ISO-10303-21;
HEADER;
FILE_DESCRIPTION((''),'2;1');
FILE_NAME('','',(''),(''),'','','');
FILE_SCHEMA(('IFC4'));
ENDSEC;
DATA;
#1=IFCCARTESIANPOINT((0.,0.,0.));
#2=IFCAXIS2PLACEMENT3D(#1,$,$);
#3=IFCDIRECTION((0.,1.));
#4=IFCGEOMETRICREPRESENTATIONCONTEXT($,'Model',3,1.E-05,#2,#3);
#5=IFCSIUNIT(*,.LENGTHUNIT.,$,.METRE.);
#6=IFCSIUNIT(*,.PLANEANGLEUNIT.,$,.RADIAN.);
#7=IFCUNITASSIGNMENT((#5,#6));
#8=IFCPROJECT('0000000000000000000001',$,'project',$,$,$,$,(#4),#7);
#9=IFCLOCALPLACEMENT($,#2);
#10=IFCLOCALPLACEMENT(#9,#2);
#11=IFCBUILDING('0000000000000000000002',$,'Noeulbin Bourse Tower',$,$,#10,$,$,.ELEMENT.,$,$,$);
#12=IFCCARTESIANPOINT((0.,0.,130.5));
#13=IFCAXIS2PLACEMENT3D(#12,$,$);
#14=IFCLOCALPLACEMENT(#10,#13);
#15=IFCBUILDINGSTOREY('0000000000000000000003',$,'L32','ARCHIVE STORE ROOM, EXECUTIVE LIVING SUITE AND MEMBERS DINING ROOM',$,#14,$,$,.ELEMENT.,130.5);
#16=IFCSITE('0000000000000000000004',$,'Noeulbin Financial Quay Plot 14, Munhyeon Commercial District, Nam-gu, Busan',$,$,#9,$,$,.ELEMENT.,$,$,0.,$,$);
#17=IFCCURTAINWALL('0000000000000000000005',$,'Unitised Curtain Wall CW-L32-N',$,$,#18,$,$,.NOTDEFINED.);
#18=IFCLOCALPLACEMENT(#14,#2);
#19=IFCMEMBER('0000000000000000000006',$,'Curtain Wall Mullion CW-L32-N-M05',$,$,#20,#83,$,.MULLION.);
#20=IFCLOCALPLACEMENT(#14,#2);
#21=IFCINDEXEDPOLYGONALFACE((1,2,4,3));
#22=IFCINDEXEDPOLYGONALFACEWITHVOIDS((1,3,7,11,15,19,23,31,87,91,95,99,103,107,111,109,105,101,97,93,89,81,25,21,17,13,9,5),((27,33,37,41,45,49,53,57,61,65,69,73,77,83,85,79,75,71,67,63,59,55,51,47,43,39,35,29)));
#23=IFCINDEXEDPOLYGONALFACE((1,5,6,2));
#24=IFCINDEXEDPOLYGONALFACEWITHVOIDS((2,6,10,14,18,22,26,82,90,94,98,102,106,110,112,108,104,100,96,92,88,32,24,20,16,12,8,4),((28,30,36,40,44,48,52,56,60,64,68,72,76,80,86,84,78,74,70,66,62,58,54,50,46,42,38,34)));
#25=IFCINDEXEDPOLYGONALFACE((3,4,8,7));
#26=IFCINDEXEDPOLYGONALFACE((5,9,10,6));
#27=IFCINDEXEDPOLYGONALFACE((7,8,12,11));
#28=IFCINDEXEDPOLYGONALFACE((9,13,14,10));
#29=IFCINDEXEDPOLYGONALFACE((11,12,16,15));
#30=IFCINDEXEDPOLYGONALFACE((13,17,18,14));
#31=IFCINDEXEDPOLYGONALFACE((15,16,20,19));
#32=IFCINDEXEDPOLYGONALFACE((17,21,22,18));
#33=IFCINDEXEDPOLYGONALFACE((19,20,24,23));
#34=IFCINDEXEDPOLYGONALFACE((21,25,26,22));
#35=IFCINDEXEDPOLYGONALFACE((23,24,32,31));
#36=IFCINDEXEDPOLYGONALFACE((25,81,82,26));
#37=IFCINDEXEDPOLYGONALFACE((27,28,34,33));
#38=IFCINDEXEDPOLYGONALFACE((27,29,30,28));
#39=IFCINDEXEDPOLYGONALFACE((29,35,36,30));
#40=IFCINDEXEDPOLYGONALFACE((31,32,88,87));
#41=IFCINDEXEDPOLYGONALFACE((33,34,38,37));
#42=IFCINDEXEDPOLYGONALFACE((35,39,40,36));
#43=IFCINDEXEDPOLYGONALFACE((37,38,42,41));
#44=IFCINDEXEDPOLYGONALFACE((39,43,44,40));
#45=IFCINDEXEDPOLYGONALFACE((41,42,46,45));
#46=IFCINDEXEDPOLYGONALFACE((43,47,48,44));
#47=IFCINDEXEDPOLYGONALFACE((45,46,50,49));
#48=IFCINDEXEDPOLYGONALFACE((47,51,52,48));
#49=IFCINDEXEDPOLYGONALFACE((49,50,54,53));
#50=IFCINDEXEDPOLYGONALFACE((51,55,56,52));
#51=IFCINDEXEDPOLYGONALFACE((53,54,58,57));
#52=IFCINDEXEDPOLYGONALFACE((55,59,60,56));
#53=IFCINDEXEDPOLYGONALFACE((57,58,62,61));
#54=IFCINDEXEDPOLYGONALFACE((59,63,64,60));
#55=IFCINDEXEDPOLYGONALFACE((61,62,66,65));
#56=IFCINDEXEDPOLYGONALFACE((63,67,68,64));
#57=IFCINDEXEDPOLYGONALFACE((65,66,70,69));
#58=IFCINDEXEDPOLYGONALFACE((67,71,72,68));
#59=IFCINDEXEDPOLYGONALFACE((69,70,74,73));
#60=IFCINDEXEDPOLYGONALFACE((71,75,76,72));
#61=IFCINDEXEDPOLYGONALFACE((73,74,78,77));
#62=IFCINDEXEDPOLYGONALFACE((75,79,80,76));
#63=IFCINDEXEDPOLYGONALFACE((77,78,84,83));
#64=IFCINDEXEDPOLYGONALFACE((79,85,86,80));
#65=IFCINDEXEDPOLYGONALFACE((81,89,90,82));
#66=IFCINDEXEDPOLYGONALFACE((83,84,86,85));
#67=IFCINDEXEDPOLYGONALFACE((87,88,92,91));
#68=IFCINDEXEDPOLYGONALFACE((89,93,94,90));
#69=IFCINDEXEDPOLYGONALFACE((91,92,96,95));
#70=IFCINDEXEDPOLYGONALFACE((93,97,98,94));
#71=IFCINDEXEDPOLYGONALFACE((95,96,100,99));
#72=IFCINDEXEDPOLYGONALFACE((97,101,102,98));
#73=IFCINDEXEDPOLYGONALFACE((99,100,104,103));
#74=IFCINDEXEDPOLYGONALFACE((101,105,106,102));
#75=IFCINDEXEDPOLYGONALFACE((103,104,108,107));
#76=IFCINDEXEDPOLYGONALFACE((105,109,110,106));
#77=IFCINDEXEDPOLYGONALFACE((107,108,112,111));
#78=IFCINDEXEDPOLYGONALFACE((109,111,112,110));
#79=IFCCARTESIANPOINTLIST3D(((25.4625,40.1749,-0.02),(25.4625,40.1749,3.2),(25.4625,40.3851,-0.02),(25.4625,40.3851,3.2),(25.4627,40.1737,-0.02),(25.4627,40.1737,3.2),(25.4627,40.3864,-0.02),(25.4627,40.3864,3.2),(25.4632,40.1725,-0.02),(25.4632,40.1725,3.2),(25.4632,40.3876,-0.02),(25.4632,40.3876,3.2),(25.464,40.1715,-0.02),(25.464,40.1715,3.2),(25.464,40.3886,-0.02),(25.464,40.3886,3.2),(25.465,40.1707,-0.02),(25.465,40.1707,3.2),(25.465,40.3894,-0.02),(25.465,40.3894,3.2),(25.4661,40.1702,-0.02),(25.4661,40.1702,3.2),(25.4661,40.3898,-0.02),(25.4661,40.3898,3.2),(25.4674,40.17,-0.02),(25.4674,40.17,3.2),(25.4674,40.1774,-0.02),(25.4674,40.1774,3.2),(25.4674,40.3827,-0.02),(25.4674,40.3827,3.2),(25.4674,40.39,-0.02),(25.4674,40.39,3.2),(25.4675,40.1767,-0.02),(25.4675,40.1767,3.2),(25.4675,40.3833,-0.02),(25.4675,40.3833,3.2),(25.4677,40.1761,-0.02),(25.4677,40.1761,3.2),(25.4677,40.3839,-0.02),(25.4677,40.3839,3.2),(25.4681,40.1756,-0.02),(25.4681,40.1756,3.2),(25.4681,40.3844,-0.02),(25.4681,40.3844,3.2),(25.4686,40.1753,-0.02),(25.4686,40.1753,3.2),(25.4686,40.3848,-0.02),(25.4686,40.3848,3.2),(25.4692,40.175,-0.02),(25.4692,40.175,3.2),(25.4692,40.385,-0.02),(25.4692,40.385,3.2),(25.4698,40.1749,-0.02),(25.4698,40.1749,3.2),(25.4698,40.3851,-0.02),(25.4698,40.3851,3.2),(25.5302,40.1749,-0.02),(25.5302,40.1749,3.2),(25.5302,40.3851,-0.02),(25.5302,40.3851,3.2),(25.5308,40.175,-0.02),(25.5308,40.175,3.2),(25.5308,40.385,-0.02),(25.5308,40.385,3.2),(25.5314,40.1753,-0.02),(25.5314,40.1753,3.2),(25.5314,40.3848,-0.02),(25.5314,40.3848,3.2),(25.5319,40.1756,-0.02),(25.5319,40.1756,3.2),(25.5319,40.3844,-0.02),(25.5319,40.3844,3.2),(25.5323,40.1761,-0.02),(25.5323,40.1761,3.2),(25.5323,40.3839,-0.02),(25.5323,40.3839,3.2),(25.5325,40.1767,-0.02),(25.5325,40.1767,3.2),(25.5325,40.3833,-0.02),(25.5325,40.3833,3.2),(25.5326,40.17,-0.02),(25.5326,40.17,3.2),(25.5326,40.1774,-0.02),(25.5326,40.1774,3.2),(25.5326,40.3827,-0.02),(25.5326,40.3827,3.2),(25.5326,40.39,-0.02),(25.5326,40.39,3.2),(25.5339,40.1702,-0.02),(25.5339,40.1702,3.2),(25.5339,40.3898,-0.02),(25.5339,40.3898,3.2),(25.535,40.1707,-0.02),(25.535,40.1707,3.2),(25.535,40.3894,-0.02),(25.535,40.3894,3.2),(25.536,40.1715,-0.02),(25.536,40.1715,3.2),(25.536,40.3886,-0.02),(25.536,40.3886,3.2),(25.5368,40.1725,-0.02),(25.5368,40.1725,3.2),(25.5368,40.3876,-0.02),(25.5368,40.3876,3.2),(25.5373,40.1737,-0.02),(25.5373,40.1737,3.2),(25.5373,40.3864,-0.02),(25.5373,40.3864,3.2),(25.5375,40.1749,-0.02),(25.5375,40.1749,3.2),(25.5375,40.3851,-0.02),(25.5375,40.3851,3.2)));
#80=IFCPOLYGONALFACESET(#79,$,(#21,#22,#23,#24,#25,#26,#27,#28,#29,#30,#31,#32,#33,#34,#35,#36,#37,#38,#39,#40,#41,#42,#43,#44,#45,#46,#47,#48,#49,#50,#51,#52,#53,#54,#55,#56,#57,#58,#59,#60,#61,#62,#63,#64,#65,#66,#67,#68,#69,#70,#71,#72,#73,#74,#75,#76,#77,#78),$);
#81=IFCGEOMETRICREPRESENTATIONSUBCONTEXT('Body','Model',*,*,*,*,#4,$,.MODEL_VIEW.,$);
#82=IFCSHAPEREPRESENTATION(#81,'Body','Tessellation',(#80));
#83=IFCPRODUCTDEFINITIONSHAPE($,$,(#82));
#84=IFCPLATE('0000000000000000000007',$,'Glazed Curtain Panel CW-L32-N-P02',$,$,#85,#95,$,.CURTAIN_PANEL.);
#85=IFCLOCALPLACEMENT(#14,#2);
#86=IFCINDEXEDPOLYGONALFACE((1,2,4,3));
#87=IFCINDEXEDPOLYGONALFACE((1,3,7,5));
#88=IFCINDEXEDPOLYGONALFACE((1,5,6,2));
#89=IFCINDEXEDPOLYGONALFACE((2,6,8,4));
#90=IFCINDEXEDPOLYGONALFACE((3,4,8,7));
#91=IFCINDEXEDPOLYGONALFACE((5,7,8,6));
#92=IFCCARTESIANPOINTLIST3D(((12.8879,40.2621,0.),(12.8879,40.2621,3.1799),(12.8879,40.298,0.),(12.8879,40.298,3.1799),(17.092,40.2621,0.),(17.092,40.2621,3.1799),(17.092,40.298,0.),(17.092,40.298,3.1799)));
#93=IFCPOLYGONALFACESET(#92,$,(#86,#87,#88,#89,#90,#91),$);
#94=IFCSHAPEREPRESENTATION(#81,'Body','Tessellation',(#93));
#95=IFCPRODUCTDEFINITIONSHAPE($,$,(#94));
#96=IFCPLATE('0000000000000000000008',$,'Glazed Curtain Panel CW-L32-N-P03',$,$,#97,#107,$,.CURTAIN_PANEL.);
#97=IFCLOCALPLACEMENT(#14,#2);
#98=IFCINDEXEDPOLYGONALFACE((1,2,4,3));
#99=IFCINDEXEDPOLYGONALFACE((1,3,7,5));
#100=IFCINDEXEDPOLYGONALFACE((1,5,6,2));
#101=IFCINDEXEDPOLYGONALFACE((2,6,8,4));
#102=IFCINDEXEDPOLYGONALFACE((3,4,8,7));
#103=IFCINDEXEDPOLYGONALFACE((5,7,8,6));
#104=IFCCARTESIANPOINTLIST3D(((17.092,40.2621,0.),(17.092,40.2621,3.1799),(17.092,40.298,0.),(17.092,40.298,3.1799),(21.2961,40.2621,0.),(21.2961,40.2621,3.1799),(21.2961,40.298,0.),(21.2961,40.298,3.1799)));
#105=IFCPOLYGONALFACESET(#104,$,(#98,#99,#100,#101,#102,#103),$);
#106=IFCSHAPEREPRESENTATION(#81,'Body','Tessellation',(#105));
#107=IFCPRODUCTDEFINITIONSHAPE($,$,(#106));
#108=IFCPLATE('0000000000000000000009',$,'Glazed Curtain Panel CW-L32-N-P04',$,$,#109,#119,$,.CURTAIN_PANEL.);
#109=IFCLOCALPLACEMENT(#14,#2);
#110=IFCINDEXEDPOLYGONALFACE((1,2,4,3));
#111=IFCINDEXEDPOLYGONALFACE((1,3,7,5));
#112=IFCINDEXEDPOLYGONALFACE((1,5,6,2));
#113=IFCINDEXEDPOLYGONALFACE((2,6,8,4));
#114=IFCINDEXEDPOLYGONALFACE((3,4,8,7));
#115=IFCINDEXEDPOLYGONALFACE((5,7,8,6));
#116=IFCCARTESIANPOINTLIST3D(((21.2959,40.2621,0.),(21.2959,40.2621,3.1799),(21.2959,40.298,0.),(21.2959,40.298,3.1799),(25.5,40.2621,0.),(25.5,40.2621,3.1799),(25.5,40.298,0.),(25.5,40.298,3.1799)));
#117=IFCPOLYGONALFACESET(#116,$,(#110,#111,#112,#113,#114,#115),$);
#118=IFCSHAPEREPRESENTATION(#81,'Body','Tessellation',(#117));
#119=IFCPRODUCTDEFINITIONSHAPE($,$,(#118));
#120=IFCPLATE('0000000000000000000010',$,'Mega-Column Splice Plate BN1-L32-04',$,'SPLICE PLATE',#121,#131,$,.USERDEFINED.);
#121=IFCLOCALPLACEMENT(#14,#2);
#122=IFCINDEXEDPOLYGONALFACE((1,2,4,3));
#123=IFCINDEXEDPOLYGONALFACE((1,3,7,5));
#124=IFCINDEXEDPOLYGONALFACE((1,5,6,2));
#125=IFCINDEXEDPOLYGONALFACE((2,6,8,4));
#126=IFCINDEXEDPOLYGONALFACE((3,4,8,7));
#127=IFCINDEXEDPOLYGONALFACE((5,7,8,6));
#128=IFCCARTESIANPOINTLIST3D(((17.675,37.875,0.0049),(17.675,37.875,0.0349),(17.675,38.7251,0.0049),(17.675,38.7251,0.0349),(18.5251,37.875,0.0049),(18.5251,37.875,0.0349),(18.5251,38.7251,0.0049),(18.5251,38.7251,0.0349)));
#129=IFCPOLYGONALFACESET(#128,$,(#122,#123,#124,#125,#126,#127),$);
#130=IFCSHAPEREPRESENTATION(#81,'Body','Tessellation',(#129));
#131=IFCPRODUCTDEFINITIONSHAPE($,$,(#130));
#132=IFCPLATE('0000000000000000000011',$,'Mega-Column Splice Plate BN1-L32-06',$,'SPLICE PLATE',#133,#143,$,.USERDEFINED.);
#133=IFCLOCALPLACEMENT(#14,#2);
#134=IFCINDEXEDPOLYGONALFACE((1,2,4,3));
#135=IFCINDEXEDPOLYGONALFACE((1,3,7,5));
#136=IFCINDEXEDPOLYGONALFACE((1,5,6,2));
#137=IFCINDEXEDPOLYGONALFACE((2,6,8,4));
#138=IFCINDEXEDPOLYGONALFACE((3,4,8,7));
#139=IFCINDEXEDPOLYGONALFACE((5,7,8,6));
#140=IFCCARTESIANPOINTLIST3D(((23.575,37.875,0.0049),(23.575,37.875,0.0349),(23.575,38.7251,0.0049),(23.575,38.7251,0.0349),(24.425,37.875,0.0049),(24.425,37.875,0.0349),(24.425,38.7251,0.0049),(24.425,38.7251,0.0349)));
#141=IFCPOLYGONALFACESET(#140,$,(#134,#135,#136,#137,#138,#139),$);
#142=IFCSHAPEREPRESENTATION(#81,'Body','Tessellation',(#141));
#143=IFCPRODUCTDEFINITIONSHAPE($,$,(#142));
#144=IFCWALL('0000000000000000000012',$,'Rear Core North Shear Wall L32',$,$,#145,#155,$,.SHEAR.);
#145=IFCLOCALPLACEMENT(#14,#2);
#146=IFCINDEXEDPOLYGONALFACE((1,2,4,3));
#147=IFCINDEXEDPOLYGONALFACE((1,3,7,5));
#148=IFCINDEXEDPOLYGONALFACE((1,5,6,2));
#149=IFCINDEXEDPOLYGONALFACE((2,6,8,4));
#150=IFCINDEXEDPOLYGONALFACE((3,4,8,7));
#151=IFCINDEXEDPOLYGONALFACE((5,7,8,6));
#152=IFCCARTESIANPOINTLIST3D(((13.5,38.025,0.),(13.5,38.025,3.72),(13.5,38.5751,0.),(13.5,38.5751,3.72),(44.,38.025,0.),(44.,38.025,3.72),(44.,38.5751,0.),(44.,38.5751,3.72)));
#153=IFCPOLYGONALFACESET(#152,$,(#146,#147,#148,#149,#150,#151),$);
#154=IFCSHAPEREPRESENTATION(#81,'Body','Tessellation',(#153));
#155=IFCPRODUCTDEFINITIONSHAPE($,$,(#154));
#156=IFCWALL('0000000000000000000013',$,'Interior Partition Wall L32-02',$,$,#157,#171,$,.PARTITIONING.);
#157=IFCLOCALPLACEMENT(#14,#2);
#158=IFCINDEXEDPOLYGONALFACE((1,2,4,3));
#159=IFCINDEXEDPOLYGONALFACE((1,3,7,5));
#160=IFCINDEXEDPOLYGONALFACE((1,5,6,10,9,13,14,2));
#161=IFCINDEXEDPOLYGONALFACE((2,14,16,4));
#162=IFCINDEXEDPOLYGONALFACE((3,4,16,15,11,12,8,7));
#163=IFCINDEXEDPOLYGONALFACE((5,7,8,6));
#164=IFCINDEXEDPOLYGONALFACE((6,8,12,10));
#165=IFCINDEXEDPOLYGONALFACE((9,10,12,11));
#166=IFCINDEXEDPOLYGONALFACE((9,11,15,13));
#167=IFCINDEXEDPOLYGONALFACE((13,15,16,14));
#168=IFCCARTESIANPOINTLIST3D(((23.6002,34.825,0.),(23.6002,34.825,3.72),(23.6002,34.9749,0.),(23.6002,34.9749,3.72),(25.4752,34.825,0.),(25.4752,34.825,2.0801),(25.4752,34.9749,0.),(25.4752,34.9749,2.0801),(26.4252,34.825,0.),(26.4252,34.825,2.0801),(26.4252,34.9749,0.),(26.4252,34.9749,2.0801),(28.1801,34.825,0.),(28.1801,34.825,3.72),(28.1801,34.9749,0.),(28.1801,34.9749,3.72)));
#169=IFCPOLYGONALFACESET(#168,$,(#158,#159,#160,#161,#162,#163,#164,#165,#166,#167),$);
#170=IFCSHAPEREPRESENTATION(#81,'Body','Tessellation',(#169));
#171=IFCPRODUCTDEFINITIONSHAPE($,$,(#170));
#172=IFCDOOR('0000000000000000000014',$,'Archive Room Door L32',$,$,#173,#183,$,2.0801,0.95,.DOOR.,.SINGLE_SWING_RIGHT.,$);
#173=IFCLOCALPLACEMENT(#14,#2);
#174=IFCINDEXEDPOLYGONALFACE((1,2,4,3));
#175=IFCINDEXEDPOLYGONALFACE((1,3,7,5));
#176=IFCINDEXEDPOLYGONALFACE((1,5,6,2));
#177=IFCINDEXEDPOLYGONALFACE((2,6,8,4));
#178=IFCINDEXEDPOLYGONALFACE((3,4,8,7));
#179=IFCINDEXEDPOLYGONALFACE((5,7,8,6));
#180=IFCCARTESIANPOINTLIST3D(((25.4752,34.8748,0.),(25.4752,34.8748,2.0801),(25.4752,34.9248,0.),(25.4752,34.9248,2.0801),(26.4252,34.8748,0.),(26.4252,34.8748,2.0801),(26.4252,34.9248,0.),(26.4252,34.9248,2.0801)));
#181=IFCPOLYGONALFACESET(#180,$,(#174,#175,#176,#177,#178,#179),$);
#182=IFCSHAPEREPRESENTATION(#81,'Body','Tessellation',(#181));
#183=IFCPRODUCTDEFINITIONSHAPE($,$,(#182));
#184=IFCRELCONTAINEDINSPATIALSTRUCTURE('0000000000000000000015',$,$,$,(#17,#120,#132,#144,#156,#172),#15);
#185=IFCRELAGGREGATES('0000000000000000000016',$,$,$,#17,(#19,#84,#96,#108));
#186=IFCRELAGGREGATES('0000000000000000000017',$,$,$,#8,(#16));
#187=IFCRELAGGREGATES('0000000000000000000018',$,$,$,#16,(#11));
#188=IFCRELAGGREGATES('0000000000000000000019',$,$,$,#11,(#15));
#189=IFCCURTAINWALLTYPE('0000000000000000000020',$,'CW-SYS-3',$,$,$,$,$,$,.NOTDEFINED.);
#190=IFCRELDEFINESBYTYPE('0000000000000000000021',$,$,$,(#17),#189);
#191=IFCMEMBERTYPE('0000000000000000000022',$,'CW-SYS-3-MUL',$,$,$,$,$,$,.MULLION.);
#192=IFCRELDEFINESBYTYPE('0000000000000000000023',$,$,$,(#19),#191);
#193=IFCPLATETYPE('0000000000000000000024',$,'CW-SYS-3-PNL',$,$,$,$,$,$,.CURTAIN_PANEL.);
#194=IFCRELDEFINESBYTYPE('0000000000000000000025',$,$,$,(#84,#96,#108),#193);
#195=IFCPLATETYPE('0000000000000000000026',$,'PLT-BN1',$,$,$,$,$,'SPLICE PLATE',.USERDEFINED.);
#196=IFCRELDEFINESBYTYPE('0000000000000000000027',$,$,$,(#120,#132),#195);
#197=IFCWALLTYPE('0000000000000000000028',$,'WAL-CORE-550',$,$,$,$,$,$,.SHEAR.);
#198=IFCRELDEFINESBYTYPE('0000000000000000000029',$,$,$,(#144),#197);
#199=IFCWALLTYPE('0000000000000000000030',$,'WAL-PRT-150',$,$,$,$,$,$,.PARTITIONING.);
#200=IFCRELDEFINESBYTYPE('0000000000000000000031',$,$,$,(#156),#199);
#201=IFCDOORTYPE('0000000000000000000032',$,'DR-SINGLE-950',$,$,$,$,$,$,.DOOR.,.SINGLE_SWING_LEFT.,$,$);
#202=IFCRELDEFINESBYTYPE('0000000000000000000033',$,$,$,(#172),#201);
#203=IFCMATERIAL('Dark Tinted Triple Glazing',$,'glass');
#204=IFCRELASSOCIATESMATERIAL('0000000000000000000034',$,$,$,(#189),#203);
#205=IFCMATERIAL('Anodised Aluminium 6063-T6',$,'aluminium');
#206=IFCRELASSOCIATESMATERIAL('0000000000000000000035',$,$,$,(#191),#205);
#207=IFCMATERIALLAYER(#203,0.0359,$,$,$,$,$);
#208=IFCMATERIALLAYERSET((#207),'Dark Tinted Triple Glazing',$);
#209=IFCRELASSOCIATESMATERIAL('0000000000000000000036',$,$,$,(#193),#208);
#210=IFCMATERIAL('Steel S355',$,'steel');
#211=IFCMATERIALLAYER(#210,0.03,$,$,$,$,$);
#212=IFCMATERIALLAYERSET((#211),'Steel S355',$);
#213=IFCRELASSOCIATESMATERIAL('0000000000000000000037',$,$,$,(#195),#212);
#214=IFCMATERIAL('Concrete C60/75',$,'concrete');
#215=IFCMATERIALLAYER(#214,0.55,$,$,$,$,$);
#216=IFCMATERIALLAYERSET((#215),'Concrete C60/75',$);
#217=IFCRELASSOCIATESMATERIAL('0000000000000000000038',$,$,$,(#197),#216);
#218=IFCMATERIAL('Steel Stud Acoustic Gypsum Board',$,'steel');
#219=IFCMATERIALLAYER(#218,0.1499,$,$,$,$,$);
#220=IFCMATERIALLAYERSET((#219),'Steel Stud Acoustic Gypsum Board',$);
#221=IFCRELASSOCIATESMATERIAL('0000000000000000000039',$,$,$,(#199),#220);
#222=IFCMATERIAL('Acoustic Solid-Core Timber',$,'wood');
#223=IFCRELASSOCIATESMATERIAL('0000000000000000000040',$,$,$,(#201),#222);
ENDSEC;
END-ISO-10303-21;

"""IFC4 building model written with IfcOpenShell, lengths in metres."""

from ifc_helpers import new_model, si_unit, direction, frame, frame_2d, origin, origin_2d, place, context, subcontext, project, spatial, rectangle, hollow_rectangle, extrude, material, layer, layer_set, material_profile, profile_set, type_object, element, fill, aggregate, save


model = new_model("IFC4")

# Units and contexts
model_context = context("Model", 3, precision=1e-05, world=origin(), true_north=direction((0.0, 1.0)))
body_context = subcontext(model_context, "Body", "Model", "MODEL_VIEW")
ifc_project = project(units=[si_unit("LENGTHUNIT", "METRE"), si_unit("PLANEANGLEUNIT", "RADIAN")], contexts=[model_context])

# Site, building, storey
site_placement = place(None, origin())
site = spatial("IfcSite", under=ifc_project, at=site_placement, Name="Noeulbin Financial Quay Plot 14, Munhyeon Commercial District, Nam-gu, Busan", CompositionType="ELEMENT", RefElevation=0.0)
building_placement = place(site_placement, origin())
building = spatial("IfcBuilding", under=site, at=building_placement, Name="Noeulbin Bourse Tower", CompositionType="ELEMENT")
storey_placement = place(building_placement, frame((0.0, 0.0, 130.5)))
storey = spatial("IfcBuildingStorey", under=building, at=storey_placement, Name="L32", Description="ARCHIVE STORE ROOM, EXECUTIVE LIVING SUITE AND MEMBERS DINING ROOM", CompositionType="ELEMENT", Elevation=130.5)

# Shared definitions
ifc_material_1 = material(Name="Steel S355", Category="steel")

# Curtain wall, member, plates
ifc_material_2 = material(Name="Dark Tinted Triple Glazing", Category="glass")
curtain_wall_type = type_object("IfcCurtainWallType", Name="CW-SYS-3", PredefinedType="NOTDEFINED", material=ifc_material_2)
curtain_wall_placement = place(storey_placement, origin())
curtain_wall = element("IfcCurtainWall", 1, at=curtain_wall_placement, inside=storey, type_object=curtain_wall_type, Name="Unitised Curtain Wall CW-L32-N", PredefinedType="NOTDEFINED")
ifc_material_3 = material(Name="Anodised Aluminium 6063-T6", Category="aluminium")
ifc_material_profile_1 = material_profile(ifc_material_3, hollow_rectangle(XDim=0.075, YDim=0.22, WallThickness=0.0049, InnerFilletRadius=0.0024, OuterFilletRadius=0.0049, at=origin_2d()), Name="ALU-MULL-75x220x5", Category="LoadBearing")
ifc_profile_set_1 = profile_set([ifc_material_profile_1], Name="Anodised Aluminium 6063-T6")
member_type = type_object("IfcMemberType", Name="CW-SYS-3-MUL", PredefinedType="MULLION", material=ifc_profile_set_1)
member_1_placement = place(storey_placement, frame((25.5, 40.28, -0.02), z_axis=(0.0, 0.0, 1.0), x_axis=(1.0, 0.0, 0.0)))
member_1 = element("IfcMember", 2, at=member_1_placement, type_object=member_type, Name="Curtain Wall Mullion CW-L32-N-M05", PredefinedType="MULLION", context=body_context, shape_type="SweptSolid", body=[
    extrude(hollow_rectangle(XDim=0.075, YDim=0.22, WallThickness=0.0049, InnerFilletRadius=0.0024, OuterFilletRadius=0.0049, at=origin_2d()), origin(), (0.0, 0.0, 1.0), 3.22),
])
ifc_layer_1 = layer(ifc_material_2, 0.0359)
ifc_layer_set_1 = layer_set([ifc_layer_1], Name="Dark Tinted Triple Glazing")
plate_type_1 = type_object("IfcPlateType", Name="CW-SYS-3-PNL", PredefinedType="CURTAIN_PANEL", material=ifc_layer_set_1)
plate_1_placement = place(storey_placement, frame((14.99, 40.28, 0.0), z_axis=(0.0, 0.0, 1.0), x_axis=(1.0, 0.0, 0.0)))
plate_1 = element("IfcPlate", 3, at=plate_1_placement, type_object=plate_type_1, Name="Glazed Curtain Panel CW-L32-N-P02", PredefinedType="CURTAIN_PANEL", context=body_context, shape_type="SweptSolid", body=[
    extrude(rectangle(XDim=4.2041, YDim=0.0359, at=origin_2d()), origin(), (0.0, 0.0, 1.0), 3.1799),
])
plate_2_placement = place(storey_placement, frame((19.1941, 40.28, 0.0), z_axis=(0.0, 0.0, 1.0), x_axis=(1.0, 0.0, 0.0)))
plate_2 = element("IfcPlate", 4, at=plate_2_placement, type_object=plate_type_1, Name="Glazed Curtain Panel CW-L32-N-P03", PredefinedType="CURTAIN_PANEL", context=body_context, shape_type="SweptSolid", body=[
    extrude(rectangle(XDim=4.2041, YDim=0.0359, at=origin_2d()), origin(), (0.0, 0.0, 1.0), 3.1799),
])
plate_3_placement = place(storey_placement, frame((23.3979, 40.28, 0.0), z_axis=(0.0, 0.0, 1.0), x_axis=(1.0, 0.0, 0.0)))
plate_3 = element("IfcPlate", 5, at=plate_3_placement, type_object=plate_type_1, Name="Glazed Curtain Panel CW-L32-N-P04", PredefinedType="CURTAIN_PANEL", context=body_context, shape_type="SweptSolid", body=[
    extrude(rectangle(XDim=4.2041, YDim=0.0359, at=origin_2d()), origin(), (0.0, 0.0, 1.0), 3.1799),
])
aggregate(curtain_wall, [member_1, plate_1, plate_2, plate_3])

# Plates
ifc_layer_2 = layer(ifc_material_1, 0.03)
ifc_layer_set_2 = layer_set([ifc_layer_2], Name="Steel S355")
plate_type_2 = type_object("IfcPlateType", Name="PLT-BN1", ElementType="SPLICE PLATE", PredefinedType="USERDEFINED", material=ifc_layer_set_2)
for number, where, z_axis, x_axis, name in (
    (6, (18.1001, 38.3, 0.0049), (0.0, 0.0, 1.0), (1.0, 0.0, 0.0), "Mega-Column Splice Plate BN1-L32-04"),
    (7, (24.0, 38.3, 0.0049), (0.0, 0.0, 1.0), (1.0, 0.0, 0.0), "Mega-Column Splice Plate BN1-L32-06"),
):
    element("IfcPlate", number, at=place(storey_placement, frame(where, z_axis=z_axis, x_axis=x_axis)), inside=storey, type_object=plate_type_2, Name=name, ObjectType="SPLICE PLATE", PredefinedType="USERDEFINED", context=body_context, shape_type="SweptSolid", body=[
        extrude(rectangle(XDim=0.8501, YDim=0.8501, at=origin_2d()), origin(), (0.0, 0.0, 1.0), 0.03),
    ])

# Wall
ifc_material_4 = material(Name="Concrete C60/75", Category="concrete")
ifc_layer_3 = layer(ifc_material_4, 0.55)
ifc_layer_set_3 = layer_set([ifc_layer_3], Name="Concrete C60/75")
wall_type_1 = type_object("IfcWallType", Name="WAL-CORE-550", PredefinedType="SHEAR", material=ifc_layer_set_3)
wall_1_placement = place(storey_placement, frame((13.5, 38.3, 0.0), z_axis=(0.0, 0.0, 1.0), x_axis=(1.0, 0.0, 0.0)))
element("IfcWall", 8, at=wall_1_placement, inside=storey, type_object=wall_type_1, Name="Rear Core North Shear Wall L32", PredefinedType="SHEAR", context=body_context, shape_type="SweptSolid", body=[
    extrude(rectangle(XDim=30.5, YDim=0.55, at=frame_2d((15.25, 0.0))), origin(), (0.0, 0.0, 1.0), 3.72),
])

# Wall, opening, door
ifc_material_5 = material(Name="Steel Stud Acoustic Gypsum Board", Category="steel")
ifc_layer_4 = layer(ifc_material_5, 0.1499)
ifc_layer_set_4 = layer_set([ifc_layer_4], Name="Steel Stud Acoustic Gypsum Board")
wall_type_2 = type_object("IfcWallType", Name="WAL-PRT-150", PredefinedType="PARTITIONING", material=ifc_layer_set_4)
wall_2_placement = place(storey_placement, frame((23.6001, 34.8999, 0.0), z_axis=(0.0, 0.0, 1.0), x_axis=(1.0, 0.0, 0.0)))
wall_2 = element("IfcWall", 9, at=wall_2_placement, inside=storey, type_object=wall_type_2, Name="Interior Partition Wall L32-02", PredefinedType="PARTITIONING", context=body_context, shape_type="SweptSolid", body=[
    extrude(rectangle(XDim=4.5798, YDim=0.1499, at=frame_2d((2.29, 0.0))), origin(), (0.0, 0.0, 1.0), 3.72),
])
opening_1_placement = place(wall_2_placement, frame((1.875, 0.0, 0.0)))
opening_1 = element("IfcOpeningElement", 10, at=opening_1_placement, cuts=wall_2, PredefinedType="OPENING", context=body_context, shape_type="SweptSolid", body=[
    extrude(rectangle(XDim=0.95, YDim=2.0801, at=frame_2d((0.4751, 1.04))), frame((0.0, 0.085, 0.0), z_axis=(0.0, -1.0, 0.0), x_axis=(1.0, 0.0, 0.0)), (0.0, 0.0, 1.0), 0.1699),
])
ifc_material_6 = material(Name="Acoustic Solid-Core Timber", Category="wood")
door_type_1 = type_object("IfcDoorType", Name="DR-SINGLE-950", OperationType="SINGLE_SWING_LEFT", PredefinedType="DOOR", material=ifc_material_6)
door_1_placement = place(opening_1_placement, origin())
door_1 = element("IfcDoor", 11, at=door_1_placement, inside=storey, type_object=door_type_1, Name="Archive Room Door L32", OperationType="SINGLE_SWING_RIGHT", OverallHeight=2.0801, OverallWidth=0.95, PredefinedType="DOOR", context=body_context, shape_type="SweptSolid", body=[
    extrude(rectangle(XDim=0.95, YDim=2.0801, at=frame_2d((0.4751, 1.04))), frame((0.0, 0.0249, 0.0), z_axis=(0.0, -1.0, 0.0), x_axis=(1.0, 0.0, 0.0)), (0.0, 0.0, 1.0), 0.05),
])
fill(opening_1, door_1)

save(model, "model.ifc")
